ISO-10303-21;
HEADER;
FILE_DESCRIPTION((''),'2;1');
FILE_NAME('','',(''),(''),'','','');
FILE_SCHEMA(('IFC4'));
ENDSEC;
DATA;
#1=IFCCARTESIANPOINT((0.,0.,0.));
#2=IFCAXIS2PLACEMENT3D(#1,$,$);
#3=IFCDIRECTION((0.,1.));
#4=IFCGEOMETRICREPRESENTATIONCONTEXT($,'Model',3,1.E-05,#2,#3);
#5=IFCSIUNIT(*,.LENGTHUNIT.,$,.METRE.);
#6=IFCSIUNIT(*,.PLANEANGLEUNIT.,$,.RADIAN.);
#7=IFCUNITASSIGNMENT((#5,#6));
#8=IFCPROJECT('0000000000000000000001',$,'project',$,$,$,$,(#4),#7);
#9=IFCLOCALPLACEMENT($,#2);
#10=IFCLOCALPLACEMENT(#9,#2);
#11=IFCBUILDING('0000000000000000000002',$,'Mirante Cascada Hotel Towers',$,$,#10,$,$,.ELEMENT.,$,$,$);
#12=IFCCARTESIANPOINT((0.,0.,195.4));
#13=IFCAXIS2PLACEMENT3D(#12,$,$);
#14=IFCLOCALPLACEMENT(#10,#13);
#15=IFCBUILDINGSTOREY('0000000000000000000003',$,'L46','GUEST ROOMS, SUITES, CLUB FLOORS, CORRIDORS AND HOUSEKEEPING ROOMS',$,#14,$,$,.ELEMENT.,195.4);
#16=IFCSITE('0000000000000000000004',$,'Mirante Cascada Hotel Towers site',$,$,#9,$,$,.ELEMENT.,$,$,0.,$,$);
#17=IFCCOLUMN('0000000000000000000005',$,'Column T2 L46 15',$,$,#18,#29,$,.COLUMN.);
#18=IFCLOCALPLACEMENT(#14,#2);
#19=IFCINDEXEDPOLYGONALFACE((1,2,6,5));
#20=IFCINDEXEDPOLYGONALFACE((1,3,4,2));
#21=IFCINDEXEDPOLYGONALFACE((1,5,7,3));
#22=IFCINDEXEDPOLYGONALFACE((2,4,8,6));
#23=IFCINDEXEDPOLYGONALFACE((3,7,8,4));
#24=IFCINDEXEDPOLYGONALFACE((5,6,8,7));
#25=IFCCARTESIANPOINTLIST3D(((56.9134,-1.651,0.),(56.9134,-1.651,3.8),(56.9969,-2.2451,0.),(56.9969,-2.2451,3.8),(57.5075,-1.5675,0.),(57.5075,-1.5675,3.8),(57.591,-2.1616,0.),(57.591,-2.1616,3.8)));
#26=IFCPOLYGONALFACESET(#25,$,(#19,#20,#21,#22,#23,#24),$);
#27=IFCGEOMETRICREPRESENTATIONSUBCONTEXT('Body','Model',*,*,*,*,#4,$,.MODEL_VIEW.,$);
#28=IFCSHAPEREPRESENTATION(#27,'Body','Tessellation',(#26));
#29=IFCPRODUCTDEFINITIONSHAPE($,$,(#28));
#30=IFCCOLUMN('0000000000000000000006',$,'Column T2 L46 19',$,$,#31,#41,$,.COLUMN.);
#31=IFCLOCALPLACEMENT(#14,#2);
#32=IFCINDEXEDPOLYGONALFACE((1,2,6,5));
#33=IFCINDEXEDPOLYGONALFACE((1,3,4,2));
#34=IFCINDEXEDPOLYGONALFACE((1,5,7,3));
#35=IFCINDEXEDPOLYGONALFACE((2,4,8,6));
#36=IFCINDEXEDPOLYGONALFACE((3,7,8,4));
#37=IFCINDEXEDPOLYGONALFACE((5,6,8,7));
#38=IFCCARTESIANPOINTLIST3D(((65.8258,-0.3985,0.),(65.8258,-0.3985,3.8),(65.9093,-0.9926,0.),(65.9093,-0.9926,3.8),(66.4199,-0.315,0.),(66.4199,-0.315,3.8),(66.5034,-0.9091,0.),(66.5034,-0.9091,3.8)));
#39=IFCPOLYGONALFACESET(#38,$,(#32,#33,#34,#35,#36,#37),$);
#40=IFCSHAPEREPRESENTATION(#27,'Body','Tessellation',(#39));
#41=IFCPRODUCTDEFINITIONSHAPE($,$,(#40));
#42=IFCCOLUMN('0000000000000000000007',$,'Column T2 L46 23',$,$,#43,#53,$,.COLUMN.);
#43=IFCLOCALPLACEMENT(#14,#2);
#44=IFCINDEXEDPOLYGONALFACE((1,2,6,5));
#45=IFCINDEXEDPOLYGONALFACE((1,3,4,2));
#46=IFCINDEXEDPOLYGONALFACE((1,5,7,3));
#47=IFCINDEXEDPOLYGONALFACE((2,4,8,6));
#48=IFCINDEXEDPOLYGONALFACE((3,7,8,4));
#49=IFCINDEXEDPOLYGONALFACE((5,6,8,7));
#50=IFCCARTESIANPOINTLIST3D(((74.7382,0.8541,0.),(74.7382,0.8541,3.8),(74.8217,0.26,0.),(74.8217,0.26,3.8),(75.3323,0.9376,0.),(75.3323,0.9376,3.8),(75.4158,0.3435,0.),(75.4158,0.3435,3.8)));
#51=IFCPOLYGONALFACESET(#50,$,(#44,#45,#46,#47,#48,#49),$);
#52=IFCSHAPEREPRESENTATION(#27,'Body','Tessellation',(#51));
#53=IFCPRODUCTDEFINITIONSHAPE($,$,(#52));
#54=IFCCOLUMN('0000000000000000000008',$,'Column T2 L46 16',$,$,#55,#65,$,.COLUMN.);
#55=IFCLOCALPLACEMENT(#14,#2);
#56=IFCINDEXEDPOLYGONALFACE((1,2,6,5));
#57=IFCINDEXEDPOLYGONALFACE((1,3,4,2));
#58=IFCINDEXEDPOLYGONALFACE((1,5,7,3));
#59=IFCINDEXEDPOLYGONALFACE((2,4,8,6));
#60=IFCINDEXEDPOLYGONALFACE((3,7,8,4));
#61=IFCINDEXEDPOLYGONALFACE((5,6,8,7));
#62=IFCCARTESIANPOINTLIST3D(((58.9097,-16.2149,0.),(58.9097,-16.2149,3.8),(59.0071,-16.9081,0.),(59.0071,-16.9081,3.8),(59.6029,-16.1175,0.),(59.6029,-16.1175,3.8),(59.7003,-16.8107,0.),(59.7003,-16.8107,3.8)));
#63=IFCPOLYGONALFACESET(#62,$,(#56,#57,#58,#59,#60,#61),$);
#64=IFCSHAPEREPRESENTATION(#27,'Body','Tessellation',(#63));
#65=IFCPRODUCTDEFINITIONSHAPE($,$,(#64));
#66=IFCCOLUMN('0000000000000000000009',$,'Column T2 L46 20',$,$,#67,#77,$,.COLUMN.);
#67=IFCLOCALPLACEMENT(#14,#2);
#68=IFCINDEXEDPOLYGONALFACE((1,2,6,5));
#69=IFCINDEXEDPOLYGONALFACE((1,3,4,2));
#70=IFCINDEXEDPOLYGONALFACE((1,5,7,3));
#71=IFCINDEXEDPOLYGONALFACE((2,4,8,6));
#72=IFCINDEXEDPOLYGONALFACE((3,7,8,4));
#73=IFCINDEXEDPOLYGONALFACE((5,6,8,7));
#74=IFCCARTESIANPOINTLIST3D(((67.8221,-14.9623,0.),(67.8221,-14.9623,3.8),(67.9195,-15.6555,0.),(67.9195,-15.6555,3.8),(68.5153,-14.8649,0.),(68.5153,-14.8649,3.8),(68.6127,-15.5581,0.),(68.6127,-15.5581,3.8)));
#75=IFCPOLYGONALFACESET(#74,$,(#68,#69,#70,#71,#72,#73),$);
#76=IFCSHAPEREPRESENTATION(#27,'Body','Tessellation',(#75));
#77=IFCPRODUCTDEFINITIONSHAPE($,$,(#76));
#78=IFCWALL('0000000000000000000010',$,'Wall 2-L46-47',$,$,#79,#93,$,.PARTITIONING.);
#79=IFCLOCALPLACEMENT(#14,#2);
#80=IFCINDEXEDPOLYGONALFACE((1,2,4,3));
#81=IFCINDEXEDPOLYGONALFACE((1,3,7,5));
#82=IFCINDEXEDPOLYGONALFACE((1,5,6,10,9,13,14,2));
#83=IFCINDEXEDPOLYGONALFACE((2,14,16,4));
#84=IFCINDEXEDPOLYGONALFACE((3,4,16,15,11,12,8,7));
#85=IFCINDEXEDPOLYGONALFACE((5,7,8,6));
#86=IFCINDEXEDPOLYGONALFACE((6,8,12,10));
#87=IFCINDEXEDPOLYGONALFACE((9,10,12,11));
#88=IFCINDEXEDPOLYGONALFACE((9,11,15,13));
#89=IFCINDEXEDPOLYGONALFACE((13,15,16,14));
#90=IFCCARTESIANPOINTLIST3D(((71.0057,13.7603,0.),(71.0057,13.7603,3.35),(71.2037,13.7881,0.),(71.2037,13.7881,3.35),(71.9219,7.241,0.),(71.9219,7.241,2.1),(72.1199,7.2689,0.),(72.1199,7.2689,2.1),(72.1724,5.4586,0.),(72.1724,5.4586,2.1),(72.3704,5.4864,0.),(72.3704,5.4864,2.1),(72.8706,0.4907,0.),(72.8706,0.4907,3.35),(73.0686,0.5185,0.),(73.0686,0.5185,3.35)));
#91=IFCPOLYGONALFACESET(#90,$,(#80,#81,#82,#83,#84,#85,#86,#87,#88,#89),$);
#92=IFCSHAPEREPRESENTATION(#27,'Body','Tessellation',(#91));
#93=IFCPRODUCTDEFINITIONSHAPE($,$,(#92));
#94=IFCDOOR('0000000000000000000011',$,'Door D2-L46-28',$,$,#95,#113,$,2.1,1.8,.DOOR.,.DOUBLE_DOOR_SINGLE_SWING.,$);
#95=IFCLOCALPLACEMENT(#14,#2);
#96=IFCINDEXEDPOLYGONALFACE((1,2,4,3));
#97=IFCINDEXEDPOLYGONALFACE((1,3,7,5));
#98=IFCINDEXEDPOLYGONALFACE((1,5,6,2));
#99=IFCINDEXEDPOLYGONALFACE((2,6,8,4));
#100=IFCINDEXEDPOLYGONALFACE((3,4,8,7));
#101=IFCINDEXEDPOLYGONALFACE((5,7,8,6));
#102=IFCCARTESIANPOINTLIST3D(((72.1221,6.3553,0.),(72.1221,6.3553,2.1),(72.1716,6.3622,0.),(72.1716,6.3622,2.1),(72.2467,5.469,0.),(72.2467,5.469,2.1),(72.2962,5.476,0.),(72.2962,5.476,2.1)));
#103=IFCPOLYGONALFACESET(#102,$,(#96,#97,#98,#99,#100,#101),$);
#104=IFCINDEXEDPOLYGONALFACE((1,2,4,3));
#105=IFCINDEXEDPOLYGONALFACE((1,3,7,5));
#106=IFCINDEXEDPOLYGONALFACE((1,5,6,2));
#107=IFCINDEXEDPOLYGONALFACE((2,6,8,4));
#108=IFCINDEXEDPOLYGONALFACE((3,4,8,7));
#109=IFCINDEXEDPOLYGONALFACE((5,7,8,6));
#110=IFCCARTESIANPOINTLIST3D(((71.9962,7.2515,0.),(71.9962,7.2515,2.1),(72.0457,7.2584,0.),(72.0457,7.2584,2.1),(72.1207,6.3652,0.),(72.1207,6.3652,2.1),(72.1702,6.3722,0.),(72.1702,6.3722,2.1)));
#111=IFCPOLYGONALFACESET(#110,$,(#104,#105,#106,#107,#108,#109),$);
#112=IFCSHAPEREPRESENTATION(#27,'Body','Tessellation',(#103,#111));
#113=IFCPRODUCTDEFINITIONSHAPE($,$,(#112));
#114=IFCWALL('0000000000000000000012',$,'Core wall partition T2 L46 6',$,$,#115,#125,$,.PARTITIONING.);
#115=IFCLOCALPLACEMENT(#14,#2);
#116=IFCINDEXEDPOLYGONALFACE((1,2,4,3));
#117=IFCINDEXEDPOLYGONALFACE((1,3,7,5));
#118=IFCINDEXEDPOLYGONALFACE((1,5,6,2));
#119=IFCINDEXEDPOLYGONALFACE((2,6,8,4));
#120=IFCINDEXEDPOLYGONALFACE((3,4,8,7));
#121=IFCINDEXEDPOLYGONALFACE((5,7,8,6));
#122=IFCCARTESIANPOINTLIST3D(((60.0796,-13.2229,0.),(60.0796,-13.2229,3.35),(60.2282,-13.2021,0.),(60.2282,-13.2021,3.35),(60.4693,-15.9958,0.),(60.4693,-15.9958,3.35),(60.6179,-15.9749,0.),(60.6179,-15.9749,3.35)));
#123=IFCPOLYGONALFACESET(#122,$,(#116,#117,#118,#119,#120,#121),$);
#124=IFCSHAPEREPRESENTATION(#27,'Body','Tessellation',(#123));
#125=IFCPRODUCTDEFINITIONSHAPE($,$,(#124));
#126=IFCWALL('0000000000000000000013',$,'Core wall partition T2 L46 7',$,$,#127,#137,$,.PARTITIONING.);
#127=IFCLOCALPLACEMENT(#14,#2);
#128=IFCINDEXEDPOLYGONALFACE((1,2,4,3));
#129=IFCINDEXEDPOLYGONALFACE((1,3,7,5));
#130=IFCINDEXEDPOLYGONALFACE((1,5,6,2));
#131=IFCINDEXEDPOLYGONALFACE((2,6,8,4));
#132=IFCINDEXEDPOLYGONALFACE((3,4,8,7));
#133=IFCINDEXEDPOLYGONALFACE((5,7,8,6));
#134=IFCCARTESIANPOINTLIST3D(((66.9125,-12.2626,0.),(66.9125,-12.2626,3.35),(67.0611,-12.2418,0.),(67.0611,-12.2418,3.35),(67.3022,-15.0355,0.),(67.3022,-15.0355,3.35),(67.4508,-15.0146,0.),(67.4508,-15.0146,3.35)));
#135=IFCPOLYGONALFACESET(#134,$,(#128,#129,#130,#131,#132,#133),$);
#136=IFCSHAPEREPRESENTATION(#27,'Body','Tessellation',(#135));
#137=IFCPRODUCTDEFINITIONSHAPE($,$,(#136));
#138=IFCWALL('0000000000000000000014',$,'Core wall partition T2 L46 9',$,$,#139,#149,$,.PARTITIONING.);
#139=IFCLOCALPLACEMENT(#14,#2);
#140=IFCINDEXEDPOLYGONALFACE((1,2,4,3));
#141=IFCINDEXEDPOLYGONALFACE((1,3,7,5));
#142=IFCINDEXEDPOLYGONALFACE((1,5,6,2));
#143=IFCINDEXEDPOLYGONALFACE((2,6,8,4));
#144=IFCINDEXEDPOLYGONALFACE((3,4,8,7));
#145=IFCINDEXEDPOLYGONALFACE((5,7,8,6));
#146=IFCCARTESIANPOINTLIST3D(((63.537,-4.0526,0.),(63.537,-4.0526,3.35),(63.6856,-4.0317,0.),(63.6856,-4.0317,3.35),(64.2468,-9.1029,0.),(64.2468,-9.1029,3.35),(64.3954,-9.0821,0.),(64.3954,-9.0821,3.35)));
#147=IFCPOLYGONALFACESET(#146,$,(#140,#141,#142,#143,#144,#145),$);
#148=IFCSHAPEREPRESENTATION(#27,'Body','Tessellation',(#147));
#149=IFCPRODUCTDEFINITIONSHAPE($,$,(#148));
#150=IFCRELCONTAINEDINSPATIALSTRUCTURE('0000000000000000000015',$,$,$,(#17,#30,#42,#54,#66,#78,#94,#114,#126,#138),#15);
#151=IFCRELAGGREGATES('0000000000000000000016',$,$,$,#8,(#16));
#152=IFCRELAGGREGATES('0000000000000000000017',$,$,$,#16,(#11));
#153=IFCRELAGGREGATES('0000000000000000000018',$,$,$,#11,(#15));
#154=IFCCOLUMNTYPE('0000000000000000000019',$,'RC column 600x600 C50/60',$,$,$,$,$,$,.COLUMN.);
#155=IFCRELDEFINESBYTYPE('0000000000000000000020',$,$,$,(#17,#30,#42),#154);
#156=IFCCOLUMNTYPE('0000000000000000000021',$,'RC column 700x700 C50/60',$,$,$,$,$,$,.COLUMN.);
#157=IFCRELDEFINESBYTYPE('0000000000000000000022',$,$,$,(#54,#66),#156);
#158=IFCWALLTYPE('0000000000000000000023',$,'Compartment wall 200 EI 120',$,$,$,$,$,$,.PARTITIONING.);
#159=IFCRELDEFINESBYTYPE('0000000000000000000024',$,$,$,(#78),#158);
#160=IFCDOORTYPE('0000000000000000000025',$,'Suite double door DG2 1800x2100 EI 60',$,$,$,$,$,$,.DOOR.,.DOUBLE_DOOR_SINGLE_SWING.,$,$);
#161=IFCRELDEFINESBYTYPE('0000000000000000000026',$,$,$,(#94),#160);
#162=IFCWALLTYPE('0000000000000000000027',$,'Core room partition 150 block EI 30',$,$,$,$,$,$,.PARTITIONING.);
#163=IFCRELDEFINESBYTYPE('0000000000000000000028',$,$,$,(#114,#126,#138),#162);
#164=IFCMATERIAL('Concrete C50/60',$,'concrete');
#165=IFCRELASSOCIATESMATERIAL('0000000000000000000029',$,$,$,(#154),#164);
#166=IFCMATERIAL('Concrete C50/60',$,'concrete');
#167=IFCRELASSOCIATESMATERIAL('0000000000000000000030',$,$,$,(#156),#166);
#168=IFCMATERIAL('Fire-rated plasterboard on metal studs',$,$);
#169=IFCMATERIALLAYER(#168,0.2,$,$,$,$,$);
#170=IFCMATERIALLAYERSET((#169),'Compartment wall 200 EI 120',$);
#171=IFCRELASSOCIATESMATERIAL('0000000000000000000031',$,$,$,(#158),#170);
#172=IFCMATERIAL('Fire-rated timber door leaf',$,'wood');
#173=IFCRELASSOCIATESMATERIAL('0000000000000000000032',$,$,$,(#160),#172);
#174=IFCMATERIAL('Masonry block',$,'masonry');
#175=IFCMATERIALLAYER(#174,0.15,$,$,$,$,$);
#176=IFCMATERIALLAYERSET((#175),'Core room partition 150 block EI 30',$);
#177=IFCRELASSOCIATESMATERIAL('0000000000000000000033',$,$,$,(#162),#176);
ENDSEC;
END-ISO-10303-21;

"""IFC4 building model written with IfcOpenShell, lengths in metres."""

from ifc_helpers import new_model, si_unit, direction, frame, frame_2d, origin, origin_2d, place, context, subcontext, project, spatial, rectangle, extrude, material, layer, layer_set, material_profile, profile_set, type_object, element, fill, save


model = new_model("IFC4")

# Units and contexts
model_context = context("Model", 3, precision=1e-05, world=origin(), true_north=direction((0.0, 1.0)))
body_context = subcontext(model_context, "Body", "Model", "MODEL_VIEW")
ifc_project = project(units=[si_unit("LENGTHUNIT", "METRE"), si_unit("PLANEANGLEUNIT", "RADIAN")], contexts=[model_context])

# Site, building, storey
site_placement = place(None, origin())
site = spatial("IfcSite", under=ifc_project, at=site_placement, Name="Mirante Cascada Hotel Towers site", CompositionType="ELEMENT", RefElevation=0.0)
building_placement = place(site_placement, origin())
building = spatial("IfcBuilding", under=site, at=building_placement, Name="Mirante Cascada Hotel Towers", CompositionType="ELEMENT")
storey_placement = place(building_placement, frame((0.0, 0.0, 195.4)))
storey = spatial("IfcBuildingStorey", under=building, at=storey_placement, Name="L46", Description="GUEST ROOMS, SUITES, CLUB FLOORS, CORRIDORS AND HOUSEKEEPING ROOMS", CompositionType="ELEMENT", Elevation=195.4)

# Columns
ifc_material_1 = material(Name="Concrete C50/60", Category="concrete")
ifc_material_profile_1 = material_profile(ifc_material_1, rectangle(XDim=0.6, YDim=0.6, at=origin_2d()), Name="RC column 600x600 C50/60")
ifc_profile_set_1 = profile_set([ifc_material_profile_1], Name="Concrete C50/60")
column_type_1 = type_object("IfcColumnType", Name="RC column 600x600 C50/60", PredefinedType="COLUMN", material=ifc_profile_set_1)
for number, where, z_axis, x_axis, name in (
    (1, (57.2522, -1.9063, 0.0), (0.0, 0.0, 1.0), (0.990268, 0.139173, 0.0), "Column T2 L46 15"),
    (2, (66.1646, -0.6538, 0.0), (0.0, 0.0, 1.0), (0.990268, 0.139173, 0.0), "Column T2 L46 19"),
    (3, (75.077, 0.5988, 0.0), (0.0, 0.0, 1.0), (0.990268, 0.139173, 0.0), "Column T2 L46 23"),
):
    element("IfcColumn", number, at=place(storey_placement, frame(where, z_axis=z_axis, x_axis=x_axis)), inside=storey, type_object=column_type_1, Name=name, PredefinedType="COLUMN", context=body_context, shape_type="SweptSolid", body=[
        extrude(rectangle(XDim=0.6, YDim=0.6, at=origin_2d()), origin(), (0.0, 0.0, 1.0), 3.8),
    ])
ifc_material_2 = material(Name="Concrete C50/60", Category="concrete")
ifc_material_profile_2 = material_profile(ifc_material_2, rectangle(XDim=0.7, YDim=0.7, at=origin_2d()), Name="RC column 700x700 C50/60")
ifc_profile_set_2 = profile_set([ifc_material_profile_2], Name="Concrete C50/60")
column_type_2 = type_object("IfcColumnType", Name="RC column 700x700 C50/60", PredefinedType="COLUMN", material=ifc_profile_set_2)
for number, where, z_axis, x_axis, name in (
    (4, (59.305, -16.5128, 0.0), (0.0, 0.0, 1.0), (0.990268, 0.139173, 0.0), "Column T2 L46 16"),
    (5, (68.2174, -15.2602, 0.0), (0.0, 0.0, 1.0), (0.990268, 0.139173, 0.0), "Column T2 L46 20"),
):
    element("IfcColumn", number, at=place(storey_placement, frame(where, z_axis=z_axis, x_axis=x_axis)), inside=storey, type_object=column_type_2, Name=name, PredefinedType="COLUMN", context=body_context, shape_type="SweptSolid", body=[
        extrude(rectangle(XDim=0.7, YDim=0.7, at=origin_2d()), origin(), (0.0, 0.0, 1.0), 3.8),
    ])

# Wall, opening, door
ifc_material_3 = material(Name="Fire-rated plasterboard on metal studs")
ifc_layer_1 = layer(ifc_material_3, 0.2)
ifc_layer_set_1 = layer_set([ifc_layer_1], Name="Compartment wall 200 EI 120")
wall_type_1 = type_object("IfcWallType", Name="Compartment wall 200 EI 120", PredefinedType="PARTITIONING", material=ifc_layer_set_1)
wall_1_placement = place(storey_placement, frame((72.9696, 0.5046, 0.0), z_axis=(0.0, 0.0, 1.0), x_axis=(-0.139172, 0.990268, 0.0)))
wall_1 = element("IfcWall", 6, at=wall_1_placement, inside=storey, type_object=wall_type_1, Name="Wall 2-L46-47", PredefinedType="PARTITIONING", context=body_context, shape_type="SweptSolid", body=[
    extrude(rectangle(XDim=13.4, YDim=0.2, at=frame_2d((6.7, 0.0))), origin(), (0.0, 0.0, 1.0), 3.35),
])
opening_1_placement = place(wall_1_placement, frame((5.0167, 0.0, 0.0)))
opening_1 = element("IfcOpeningElement", 7, at=opening_1_placement, cuts=wall_1, PredefinedType="OPENING", context=body_context, shape_type="SweptSolid", body=[
    extrude(rectangle(XDim=1.8, YDim=2.1, at=frame_2d((0.9, 1.05))), frame((0.0, 0.1, 0.0), z_axis=(0.0, -1.0, 0.0), x_axis=(1.0, 0.0, 0.0)), (0.0, 0.0, 1.0), 0.2),
])
ifc_material_4 = material(Name="Fire-rated timber door leaf", Category="wood")
door_type_1 = type_object("IfcDoorType", Name="Suite double door DG2 1800x2100 EI 60", OperationType="DOUBLE_DOOR_SINGLE_SWING", PredefinedType="DOOR", material=ifc_material_4)
door_1_placement = place(opening_1_placement, origin())
door_1 = element("IfcDoor", 8, at=door_1_placement, inside=storey, type_object=door_type_1, Name="Door D2-L46-28", OperationType="DOUBLE_DOOR_SINGLE_SWING", OverallHeight=2.1, OverallWidth=1.8, PredefinedType="DOOR", context=body_context, shape_type="SweptSolid", body=[
    extrude(rectangle(XDim=0.895, YDim=2.1, at=frame_2d((0.4475, 1.05))), frame((0.0, 0.025, 0.0), z_axis=(0.0, -1.0, 0.0), x_axis=(1.0, 0.0, 0.0)), (0.0, 0.0, 1.0), 0.05),
    extrude(rectangle(XDim=0.895, YDim=2.1, at=frame_2d((1.3525, 1.05))), frame((0.0, 0.025, 0.0), z_axis=(0.0, -1.0, 0.0), x_axis=(1.0, 0.0, 0.0)), (0.0, 0.0, 1.0), 0.05),
])
fill(opening_1, door_1)

# Walls
ifc_material_5 = material(Name="Masonry block", Category="masonry")
ifc_layer_2 = layer(ifc_material_5, 0.15)
ifc_layer_set_2 = layer_set([ifc_layer_2], Name="Core room partition 150 block EI 30")
wall_type_2 = type_object("IfcWallType", Name="Core room partition 150 block EI 30", PredefinedType="PARTITIONING", material=ifc_layer_set_2)
for number, where, z_axis, x_axis, name in (
    (9, (60.5436, -15.9853, 0.0), (0.0, 0.0, 1.0), (-0.139176, 0.990268, 0.0), "Core wall partition T2 L46 6"),
    (10, (67.3765, -15.025, 0.0), (0.0, 0.0, 1.0), (-0.139176, 0.990268, 0.0), "Core wall partition T2 L46 7"),
):
    element("IfcWall", number, at=place(storey_placement, frame(where, z_axis=z_axis, x_axis=x_axis)), inside=storey, type_object=wall_type_2, Name=name, PredefinedType="PARTITIONING", context=body_context, shape_type="SweptSolid", body=[
        extrude(rectangle(XDim=2.8001, YDim=0.15, at=frame_2d((1.4, 0.0))), origin(), (0.0, 0.0, 1.0), 3.35),
    ])
wall_2_placement = place(storey_placement, frame((64.3211, -9.0925, 0.0), z_axis=(0.0, 0.0, 1.0), x_axis=(-0.139176, 0.990268, 0.0)))
element("IfcWall", 11, at=wall_2_placement, inside=storey, type_object=wall_type_2, Name="Core wall partition T2 L46 9", PredefinedType="PARTITIONING", context=body_context, shape_type="SweptSolid", body=[
    extrude(rectangle(XDim=5.1, YDim=0.15, at=frame_2d((2.55, 0.0))), origin(), (0.0, 0.0, 1.0), 3.35),
])

save(model, "model.ifc")
